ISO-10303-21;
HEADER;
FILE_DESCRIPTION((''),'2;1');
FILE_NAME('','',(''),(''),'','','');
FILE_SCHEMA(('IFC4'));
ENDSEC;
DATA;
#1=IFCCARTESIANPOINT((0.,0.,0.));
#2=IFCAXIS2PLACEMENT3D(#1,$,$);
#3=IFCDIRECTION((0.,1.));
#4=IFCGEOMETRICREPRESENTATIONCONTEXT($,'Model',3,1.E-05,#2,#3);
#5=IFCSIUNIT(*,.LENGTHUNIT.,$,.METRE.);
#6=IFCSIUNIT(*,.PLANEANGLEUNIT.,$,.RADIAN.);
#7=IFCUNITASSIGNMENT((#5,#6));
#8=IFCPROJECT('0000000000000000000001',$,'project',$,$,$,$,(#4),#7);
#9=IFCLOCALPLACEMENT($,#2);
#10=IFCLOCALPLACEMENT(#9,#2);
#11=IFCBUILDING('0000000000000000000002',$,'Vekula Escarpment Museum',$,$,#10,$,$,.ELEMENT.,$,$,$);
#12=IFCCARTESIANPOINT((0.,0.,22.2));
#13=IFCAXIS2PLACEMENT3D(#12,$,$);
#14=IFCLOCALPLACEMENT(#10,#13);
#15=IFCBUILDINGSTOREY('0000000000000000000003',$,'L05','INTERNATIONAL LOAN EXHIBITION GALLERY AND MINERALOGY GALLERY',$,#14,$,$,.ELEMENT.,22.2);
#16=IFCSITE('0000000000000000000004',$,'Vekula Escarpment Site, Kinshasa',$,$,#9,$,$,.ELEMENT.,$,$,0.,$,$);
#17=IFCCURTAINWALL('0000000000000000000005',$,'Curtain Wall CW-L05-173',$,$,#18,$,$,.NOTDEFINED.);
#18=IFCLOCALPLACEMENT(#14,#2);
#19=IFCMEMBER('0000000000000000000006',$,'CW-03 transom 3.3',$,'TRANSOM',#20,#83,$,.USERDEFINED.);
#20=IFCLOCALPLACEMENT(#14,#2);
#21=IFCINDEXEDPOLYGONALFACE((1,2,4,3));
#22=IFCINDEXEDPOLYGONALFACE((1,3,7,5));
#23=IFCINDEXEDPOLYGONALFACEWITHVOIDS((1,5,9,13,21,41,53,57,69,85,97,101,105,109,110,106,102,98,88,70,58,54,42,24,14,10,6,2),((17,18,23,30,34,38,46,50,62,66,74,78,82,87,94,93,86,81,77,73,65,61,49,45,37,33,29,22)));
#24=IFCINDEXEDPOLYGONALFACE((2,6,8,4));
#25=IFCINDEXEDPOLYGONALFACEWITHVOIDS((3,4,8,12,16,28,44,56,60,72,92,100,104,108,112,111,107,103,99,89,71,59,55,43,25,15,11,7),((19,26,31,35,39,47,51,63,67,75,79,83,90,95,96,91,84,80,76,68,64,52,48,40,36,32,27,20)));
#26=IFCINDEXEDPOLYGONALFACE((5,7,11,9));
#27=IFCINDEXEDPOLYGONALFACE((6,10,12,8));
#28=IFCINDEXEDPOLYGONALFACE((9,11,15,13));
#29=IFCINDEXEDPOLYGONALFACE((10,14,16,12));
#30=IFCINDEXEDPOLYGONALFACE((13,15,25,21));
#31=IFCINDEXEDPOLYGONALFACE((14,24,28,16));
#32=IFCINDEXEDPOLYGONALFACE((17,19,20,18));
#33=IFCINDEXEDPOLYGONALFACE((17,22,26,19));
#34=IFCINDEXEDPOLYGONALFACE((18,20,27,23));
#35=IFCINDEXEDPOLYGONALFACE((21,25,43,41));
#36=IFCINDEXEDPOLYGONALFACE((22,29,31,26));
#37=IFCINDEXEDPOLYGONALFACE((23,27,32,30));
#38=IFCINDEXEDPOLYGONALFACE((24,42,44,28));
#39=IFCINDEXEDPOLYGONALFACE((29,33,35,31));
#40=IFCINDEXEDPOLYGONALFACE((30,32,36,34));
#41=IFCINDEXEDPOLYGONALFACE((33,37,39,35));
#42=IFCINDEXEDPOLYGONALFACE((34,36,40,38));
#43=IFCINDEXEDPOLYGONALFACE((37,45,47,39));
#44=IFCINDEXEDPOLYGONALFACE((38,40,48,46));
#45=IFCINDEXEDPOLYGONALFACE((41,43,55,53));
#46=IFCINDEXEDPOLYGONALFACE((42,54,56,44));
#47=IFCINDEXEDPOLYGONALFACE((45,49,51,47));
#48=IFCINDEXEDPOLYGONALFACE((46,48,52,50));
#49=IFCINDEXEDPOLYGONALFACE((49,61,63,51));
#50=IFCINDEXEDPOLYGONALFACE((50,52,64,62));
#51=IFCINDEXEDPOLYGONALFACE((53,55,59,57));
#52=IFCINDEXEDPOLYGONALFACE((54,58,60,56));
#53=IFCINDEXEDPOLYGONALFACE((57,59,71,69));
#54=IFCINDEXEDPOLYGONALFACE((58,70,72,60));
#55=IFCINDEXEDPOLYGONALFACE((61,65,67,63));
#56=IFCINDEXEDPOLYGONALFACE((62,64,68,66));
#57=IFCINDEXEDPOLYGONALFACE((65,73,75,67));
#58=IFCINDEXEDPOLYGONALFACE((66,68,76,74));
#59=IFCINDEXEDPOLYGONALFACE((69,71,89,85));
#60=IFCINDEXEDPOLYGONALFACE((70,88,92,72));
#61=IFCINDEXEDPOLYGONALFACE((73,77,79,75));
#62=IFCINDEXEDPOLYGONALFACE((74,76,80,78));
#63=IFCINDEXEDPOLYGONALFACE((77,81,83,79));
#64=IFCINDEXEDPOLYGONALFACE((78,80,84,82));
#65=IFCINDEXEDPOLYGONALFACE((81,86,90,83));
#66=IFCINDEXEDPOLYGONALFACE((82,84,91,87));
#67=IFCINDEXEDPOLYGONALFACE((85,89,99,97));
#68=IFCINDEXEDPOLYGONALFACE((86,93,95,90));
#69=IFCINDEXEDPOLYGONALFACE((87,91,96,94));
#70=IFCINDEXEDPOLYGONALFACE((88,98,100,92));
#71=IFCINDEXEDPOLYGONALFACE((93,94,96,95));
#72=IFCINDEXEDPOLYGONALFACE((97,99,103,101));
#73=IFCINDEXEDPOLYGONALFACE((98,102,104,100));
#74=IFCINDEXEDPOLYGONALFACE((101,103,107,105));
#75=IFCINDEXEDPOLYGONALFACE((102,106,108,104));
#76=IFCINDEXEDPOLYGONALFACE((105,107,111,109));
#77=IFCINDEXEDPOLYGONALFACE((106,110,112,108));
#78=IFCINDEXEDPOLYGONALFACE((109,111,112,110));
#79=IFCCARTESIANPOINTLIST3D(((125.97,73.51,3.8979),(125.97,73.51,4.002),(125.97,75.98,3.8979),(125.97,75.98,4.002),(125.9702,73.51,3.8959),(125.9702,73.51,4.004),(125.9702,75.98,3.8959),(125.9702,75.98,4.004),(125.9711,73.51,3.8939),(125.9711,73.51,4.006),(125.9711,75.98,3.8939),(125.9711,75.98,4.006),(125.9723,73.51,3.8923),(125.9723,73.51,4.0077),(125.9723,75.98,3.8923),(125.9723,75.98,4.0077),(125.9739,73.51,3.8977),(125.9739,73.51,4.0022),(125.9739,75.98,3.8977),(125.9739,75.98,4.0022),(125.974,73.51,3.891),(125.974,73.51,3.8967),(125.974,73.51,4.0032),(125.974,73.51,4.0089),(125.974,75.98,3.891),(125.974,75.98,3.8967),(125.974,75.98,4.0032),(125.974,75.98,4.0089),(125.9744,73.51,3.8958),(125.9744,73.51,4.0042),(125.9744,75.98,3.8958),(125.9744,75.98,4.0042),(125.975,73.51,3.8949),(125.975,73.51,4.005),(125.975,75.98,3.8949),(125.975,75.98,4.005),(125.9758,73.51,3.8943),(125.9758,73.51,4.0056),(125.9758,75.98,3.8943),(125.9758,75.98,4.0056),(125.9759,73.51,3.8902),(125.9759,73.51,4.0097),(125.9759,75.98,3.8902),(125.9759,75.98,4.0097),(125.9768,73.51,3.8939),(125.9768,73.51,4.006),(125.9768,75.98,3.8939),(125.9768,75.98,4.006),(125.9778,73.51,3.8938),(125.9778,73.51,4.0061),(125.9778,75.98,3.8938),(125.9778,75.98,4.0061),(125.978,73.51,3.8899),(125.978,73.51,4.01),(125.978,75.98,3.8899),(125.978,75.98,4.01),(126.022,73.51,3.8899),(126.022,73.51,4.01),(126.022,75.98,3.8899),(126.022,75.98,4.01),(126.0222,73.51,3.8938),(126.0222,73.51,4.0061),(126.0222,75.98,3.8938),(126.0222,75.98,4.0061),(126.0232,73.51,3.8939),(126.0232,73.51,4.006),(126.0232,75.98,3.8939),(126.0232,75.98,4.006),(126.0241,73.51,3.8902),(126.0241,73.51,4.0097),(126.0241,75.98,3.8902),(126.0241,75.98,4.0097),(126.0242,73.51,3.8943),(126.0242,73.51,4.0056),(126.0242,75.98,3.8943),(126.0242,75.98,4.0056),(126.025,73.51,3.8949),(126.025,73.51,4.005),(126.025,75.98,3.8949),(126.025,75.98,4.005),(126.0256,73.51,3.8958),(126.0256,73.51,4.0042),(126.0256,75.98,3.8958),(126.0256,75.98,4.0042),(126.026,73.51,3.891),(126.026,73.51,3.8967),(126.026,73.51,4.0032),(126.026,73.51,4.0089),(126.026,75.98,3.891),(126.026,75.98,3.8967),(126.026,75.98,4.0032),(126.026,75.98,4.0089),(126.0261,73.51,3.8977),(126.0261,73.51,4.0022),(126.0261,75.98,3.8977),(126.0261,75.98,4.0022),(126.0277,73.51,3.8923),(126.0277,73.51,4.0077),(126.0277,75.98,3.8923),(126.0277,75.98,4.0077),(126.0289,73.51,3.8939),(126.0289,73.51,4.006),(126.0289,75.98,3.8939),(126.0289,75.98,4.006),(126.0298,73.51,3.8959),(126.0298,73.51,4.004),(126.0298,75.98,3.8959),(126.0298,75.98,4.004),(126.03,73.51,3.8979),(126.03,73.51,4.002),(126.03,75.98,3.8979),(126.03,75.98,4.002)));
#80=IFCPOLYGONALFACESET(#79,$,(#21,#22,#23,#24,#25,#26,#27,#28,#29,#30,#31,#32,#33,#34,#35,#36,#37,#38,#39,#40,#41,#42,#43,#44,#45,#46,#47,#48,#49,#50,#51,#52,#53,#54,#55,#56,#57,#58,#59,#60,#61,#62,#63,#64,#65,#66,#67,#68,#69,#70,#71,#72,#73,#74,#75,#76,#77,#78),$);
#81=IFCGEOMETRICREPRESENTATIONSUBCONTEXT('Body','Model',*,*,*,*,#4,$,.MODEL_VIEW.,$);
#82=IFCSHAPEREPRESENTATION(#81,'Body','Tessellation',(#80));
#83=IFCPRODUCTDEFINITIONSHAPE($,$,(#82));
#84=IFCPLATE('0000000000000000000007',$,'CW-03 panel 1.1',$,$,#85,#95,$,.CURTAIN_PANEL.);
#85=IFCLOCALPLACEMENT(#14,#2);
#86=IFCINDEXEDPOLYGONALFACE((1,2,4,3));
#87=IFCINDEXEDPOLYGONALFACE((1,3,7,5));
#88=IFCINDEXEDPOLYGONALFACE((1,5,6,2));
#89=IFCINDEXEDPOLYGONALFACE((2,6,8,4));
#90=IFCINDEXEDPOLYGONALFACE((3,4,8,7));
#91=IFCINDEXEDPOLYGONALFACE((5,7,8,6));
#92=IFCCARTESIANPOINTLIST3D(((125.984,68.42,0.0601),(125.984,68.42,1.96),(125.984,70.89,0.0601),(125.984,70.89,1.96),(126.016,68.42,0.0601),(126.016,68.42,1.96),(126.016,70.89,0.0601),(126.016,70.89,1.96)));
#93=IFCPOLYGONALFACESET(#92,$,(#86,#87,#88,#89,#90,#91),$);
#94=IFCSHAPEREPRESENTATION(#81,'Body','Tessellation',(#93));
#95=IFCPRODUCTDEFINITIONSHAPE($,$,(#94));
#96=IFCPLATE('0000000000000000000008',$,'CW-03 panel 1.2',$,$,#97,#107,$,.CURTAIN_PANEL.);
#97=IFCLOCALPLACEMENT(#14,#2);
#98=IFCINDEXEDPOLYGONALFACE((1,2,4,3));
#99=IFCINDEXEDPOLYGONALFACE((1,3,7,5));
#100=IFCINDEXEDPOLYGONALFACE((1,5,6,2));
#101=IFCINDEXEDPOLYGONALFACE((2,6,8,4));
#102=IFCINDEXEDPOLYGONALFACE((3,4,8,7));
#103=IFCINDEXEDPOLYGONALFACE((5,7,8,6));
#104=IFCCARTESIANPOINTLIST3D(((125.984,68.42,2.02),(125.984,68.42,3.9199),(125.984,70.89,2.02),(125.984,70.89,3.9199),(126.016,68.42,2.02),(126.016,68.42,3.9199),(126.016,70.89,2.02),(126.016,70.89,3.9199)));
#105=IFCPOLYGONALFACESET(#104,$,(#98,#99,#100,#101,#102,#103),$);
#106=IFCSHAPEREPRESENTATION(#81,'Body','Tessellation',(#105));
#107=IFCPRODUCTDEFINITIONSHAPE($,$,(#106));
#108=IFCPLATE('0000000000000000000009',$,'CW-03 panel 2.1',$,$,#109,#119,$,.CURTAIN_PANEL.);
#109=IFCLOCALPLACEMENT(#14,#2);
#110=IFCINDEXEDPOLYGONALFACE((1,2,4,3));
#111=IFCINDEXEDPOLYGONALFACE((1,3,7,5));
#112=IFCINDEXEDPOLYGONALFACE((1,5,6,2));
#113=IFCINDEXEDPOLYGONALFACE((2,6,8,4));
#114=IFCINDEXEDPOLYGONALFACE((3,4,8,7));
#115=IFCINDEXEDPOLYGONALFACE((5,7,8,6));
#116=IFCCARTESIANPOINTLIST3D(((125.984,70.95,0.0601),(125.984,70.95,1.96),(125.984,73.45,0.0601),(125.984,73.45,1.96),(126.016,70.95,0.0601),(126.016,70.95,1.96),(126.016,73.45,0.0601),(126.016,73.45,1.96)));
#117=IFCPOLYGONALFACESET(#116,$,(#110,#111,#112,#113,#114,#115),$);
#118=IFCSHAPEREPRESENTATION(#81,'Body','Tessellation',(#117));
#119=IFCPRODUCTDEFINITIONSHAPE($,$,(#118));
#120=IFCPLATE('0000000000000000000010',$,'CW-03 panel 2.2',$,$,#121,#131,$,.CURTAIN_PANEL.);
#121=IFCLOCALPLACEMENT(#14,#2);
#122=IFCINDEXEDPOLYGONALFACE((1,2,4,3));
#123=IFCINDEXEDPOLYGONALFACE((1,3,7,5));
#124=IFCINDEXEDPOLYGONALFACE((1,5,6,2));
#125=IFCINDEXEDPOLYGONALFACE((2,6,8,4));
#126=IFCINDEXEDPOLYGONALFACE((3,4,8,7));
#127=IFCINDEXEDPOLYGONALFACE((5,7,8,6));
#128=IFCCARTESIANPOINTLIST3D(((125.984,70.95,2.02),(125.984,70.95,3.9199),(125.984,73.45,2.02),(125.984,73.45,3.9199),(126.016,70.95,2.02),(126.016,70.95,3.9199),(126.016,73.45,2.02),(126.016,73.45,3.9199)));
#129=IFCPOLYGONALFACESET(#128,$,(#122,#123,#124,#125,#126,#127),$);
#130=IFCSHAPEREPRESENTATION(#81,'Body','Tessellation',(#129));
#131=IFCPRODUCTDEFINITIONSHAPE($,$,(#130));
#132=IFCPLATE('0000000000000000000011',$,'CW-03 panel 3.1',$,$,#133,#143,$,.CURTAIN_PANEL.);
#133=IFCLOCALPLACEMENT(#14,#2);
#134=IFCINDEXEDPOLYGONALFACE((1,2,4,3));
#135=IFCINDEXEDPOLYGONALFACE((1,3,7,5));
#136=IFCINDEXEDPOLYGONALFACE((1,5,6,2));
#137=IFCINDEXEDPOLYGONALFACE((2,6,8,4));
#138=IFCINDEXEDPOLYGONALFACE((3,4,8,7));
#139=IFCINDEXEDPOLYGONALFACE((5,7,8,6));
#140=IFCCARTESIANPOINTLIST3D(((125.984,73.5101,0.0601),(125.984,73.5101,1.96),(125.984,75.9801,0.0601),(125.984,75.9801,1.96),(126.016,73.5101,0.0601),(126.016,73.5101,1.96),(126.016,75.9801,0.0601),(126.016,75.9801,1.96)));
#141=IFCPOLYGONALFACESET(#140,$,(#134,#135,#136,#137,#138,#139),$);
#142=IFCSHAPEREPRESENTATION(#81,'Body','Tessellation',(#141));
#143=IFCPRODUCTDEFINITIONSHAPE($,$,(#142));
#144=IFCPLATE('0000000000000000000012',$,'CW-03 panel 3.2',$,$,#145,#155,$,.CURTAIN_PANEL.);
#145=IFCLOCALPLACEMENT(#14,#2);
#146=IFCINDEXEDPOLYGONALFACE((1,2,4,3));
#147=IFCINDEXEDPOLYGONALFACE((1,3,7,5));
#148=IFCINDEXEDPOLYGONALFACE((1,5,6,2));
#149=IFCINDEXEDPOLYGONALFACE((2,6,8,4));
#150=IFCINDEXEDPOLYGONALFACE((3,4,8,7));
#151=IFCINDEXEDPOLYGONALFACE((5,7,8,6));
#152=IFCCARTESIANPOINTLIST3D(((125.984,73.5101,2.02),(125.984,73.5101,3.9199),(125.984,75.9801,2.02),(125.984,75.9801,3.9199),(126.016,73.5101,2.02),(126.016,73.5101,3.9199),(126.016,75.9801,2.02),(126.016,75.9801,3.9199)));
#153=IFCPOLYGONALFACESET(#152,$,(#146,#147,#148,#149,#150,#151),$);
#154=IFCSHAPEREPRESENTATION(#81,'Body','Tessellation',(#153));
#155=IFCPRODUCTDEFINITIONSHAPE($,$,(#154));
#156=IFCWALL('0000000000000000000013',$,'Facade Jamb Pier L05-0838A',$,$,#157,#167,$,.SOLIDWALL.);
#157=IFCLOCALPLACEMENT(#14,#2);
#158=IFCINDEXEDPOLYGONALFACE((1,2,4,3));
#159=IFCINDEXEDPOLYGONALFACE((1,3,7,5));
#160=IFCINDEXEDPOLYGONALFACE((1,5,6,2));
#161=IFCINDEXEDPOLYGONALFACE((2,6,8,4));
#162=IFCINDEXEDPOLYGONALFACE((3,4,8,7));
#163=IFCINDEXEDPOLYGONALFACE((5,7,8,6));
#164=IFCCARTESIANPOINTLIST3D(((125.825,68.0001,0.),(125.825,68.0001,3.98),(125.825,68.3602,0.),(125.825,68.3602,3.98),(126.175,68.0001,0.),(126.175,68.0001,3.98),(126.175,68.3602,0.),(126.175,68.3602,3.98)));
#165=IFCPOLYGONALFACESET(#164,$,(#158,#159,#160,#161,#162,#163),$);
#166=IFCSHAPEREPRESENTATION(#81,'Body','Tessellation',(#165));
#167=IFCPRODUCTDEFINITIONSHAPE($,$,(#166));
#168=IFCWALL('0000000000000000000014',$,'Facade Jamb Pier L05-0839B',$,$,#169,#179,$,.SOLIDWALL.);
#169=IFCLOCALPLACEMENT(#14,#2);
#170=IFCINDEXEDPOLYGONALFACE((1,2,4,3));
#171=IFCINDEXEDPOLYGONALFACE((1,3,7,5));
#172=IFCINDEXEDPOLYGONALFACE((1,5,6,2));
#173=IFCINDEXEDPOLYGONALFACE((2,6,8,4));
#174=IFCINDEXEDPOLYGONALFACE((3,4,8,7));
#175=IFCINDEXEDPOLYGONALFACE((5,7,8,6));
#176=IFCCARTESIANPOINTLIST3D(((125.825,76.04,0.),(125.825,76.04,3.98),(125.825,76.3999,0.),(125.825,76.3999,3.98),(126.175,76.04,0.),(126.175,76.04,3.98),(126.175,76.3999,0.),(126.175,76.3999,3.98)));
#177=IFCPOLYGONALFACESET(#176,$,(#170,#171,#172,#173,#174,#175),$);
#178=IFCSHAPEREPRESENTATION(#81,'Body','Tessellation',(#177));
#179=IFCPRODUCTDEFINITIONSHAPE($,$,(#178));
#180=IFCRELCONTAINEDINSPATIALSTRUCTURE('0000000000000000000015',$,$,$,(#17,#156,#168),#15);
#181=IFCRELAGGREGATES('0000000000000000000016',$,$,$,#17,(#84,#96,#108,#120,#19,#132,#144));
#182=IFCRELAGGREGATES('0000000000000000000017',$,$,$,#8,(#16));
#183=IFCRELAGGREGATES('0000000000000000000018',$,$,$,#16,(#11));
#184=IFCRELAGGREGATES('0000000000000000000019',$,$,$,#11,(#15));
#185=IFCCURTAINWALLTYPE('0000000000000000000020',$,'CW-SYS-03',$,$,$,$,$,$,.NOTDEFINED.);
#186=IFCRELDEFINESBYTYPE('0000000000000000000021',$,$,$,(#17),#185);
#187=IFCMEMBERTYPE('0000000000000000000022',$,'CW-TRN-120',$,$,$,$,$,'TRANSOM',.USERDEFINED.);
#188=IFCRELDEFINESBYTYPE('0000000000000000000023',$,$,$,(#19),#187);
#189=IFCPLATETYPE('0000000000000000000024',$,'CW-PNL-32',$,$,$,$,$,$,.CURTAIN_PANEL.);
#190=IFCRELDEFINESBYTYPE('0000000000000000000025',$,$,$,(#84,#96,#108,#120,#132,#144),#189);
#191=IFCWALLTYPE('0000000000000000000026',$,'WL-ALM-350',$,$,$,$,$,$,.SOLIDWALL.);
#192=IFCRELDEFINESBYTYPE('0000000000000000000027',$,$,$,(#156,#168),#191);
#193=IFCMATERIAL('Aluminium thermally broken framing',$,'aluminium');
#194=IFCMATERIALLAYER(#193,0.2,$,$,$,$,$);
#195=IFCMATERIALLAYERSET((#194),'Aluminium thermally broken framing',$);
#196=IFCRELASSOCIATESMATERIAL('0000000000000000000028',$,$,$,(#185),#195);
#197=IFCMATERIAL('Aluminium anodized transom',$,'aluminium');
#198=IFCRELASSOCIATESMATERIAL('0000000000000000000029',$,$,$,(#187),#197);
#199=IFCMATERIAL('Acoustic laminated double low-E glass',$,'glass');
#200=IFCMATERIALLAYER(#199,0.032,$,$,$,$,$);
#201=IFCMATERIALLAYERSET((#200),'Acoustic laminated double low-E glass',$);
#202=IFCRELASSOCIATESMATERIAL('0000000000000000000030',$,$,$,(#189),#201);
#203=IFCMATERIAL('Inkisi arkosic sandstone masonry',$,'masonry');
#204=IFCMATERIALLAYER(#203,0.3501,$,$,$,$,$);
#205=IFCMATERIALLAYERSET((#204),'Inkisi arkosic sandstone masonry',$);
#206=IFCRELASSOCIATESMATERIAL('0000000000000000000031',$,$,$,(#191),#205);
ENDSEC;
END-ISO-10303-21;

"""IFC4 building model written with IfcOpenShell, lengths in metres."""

from ifc_helpers import new_model, si_unit, direction, frame, frame_2d, origin, origin_2d, place, context, subcontext, project, spatial, rectangle, hollow_rectangle, extrude, material, layer, layer_set, material_profile, profile_set, type_object, element, aggregate, save


model = new_model("IFC4")

# Units and contexts
model_context = context("Model", 3, precision=1e-05, world=origin(), true_north=direction((0.0, 1.0)))
body_context = subcontext(model_context, "Body", "Model", "MODEL_VIEW")
ifc_project = project(units=[si_unit("LENGTHUNIT", "METRE"), si_unit("PLANEANGLEUNIT", "RADIAN")], contexts=[model_context])

# Site, building, storey
site_placement = place(None, origin())
site = spatial("IfcSite", under=ifc_project, at=site_placement, Name="Vekula Escarpment Site, Kinshasa", CompositionType="ELEMENT", RefElevation=0.0)
building_placement = place(site_placement, origin())
building = spatial("IfcBuilding", under=site, at=building_placement, Name="Vekula Escarpment Museum", CompositionType="ELEMENT")
storey_placement = place(building_placement, frame((0.0, 0.0, 22.2)))
storey = spatial("IfcBuildingStorey", under=building, at=storey_placement, Name="L05", Description="INTERNATIONAL LOAN EXHIBITION GALLERY AND MINERALOGY GALLERY", CompositionType="ELEMENT", Elevation=22.2)

# Curtain wall, member, plates
ifc_material_1 = material(Name="Aluminium thermally broken framing", Category="aluminium")
ifc_layer_1 = layer(ifc_material_1, 0.2)
ifc_layer_set_1 = layer_set([ifc_layer_1], Name="Aluminium thermally broken framing")
curtain_wall_type = type_object("IfcCurtainWallType", Name="CW-SYS-03", PredefinedType="NOTDEFINED", material=ifc_layer_set_1)
curtain_wall_placement = place(storey_placement, origin())
curtain_wall = element("IfcCurtainWall", 1, at=curtain_wall_placement, inside=storey, type_object=curtain_wall_type, Name="Curtain Wall CW-L05-173", PredefinedType="NOTDEFINED")
ifc_material_2 = material(Name="Aluminium anodized transom", Category="aluminium")
ifc_material_profile_1 = material_profile(ifc_material_2, hollow_rectangle(XDim=0.0601, YDim=0.1201, WallThickness=0.0039, InnerFilletRadius=0.0039, OuterFilletRadius=0.0081, at=origin_2d()), Name="ALU 120x60x4")
ifc_profile_set_1 = profile_set([ifc_material_profile_1], Name="Aluminium anodized transom")
member_type_1 = type_object("IfcMemberType", Name="CW-TRN-120", ElementType="TRANSOM", PredefinedType="USERDEFINED", material=ifc_profile_set_1)
member_1_placement = place(storey_placement, frame((126.0, 73.51, 3.95), z_axis=(0.0, 1.0, 0.0), x_axis=(-1.0, 0.0, 0.0)))
member_1 = element("IfcMember", 2, at=member_1_placement, type_object=member_type_1, Name="CW-03 transom 3.3", ObjectType="TRANSOM", PredefinedType="USERDEFINED", context=body_context, shape_type="SweptSolid", body=[
    extrude(hollow_rectangle(XDim=0.0601, YDim=0.1201, WallThickness=0.0039, InnerFilletRadius=0.0039, OuterFilletRadius=0.0081, at=origin_2d()), origin(), (0.0, 0.0, 1.0), 2.47),
])
ifc_material_3 = material(Name="Acoustic laminated double low-E glass", Category="glass")
ifc_layer_2 = layer(ifc_material_3, 0.032)
ifc_layer_set_2 = layer_set([ifc_layer_2], Name="Acoustic laminated double low-E glass")
plate_type = type_object("IfcPlateType", Name="CW-PNL-32", PredefinedType="CURTAIN_PANEL", material=ifc_layer_set_2)
plate_1_placement = place(storey_placement, frame((126.0, 69.655, 0.0601), z_axis=(0.0, 0.0, 1.0), x_axis=(0.0, 1.0, 0.0)))
plate_1 = element("IfcPlate", 3, at=plate_1_placement, type_object=plate_type, Name="CW-03 panel 1.1", PredefinedType="CURTAIN_PANEL", context=body_context, shape_type="SweptSolid", body=[
    extrude(rectangle(XDim=2.47, YDim=0.032, at=origin_2d()), origin(), (0.0, 0.0, 1.0), 1.8999),
])
plate_2_placement = place(storey_placement, frame((126.0, 69.655, 2.02), z_axis=(0.0, 0.0, 1.0), x_axis=(0.0, 1.0, 0.0)))
plate_2 = element("IfcPlate", 4, at=plate_2_placement, type_object=plate_type, Name="CW-03 panel 1.2", PredefinedType="CURTAIN_PANEL", context=body_context, shape_type="SweptSolid", body=[
    extrude(rectangle(XDim=2.47, YDim=0.032, at=origin_2d()), origin(), (0.0, 0.0, 1.0), 1.8999),
])
plate_3_placement = place(storey_placement, frame((126.0, 72.2, 0.0601), z_axis=(0.0, 0.0, 1.0), x_axis=(0.0, 1.0, 0.0)))
plate_3 = element("IfcPlate", 5, at=plate_3_placement, type_object=plate_type, Name="CW-03 panel 2.1", PredefinedType="CURTAIN_PANEL", context=body_context, shape_type="SweptSolid", body=[
    extrude(rectangle(XDim=2.5, YDim=0.032, at=origin_2d()), origin(), (0.0, 0.0, 1.0), 1.8999),
])
plate_4_placement = place(storey_placement, frame((126.0, 72.2, 2.02), z_axis=(0.0, 0.0, 1.0), x_axis=(0.0, 1.0, 0.0)))
plate_4 = element("IfcPlate", 6, at=plate_4_placement, type_object=plate_type, Name="CW-03 panel 2.2", PredefinedType="CURTAIN_PANEL", context=body_context, shape_type="SweptSolid", body=[
    extrude(rectangle(XDim=2.5, YDim=0.032, at=origin_2d()), origin(), (0.0, 0.0, 1.0), 1.8999),
])
plate_5_placement = place(storey_placement, frame((126.0, 74.7451, 0.0601), z_axis=(0.0, 0.0, 1.0), x_axis=(0.0, 1.0, 0.0)))
plate_5 = element("IfcPlate", 7, at=plate_5_placement, type_object=plate_type, Name="CW-03 panel 3.1", PredefinedType="CURTAIN_PANEL", context=body_context, shape_type="SweptSolid", body=[
    extrude(rectangle(XDim=2.47, YDim=0.032, at=origin_2d()), origin(), (0.0, 0.0, 1.0), 1.8999),
])
plate_6_placement = place(storey_placement, frame((126.0, 74.7451, 2.02), z_axis=(0.0, 0.0, 1.0), x_axis=(0.0, 1.0, 0.0)))
plate_6 = element("IfcPlate", 8, at=plate_6_placement, type_object=plate_type, Name="CW-03 panel 3.2", PredefinedType="CURTAIN_PANEL", context=body_context, shape_type="SweptSolid", body=[
    extrude(rectangle(XDim=2.47, YDim=0.032, at=origin_2d()), origin(), (0.0, 0.0, 1.0), 1.8999),
])
aggregate(curtain_wall, [plate_1, plate_2, plate_3, plate_4, member_1, plate_5, plate_6])

# Walls
ifc_material_4 = material(Name="Inkisi arkosic sandstone masonry", Category="masonry")
ifc_layer_3 = layer(ifc_material_4, 0.3501)
ifc_layer_set_3 = layer_set([ifc_layer_3], Name="Inkisi arkosic sandstone masonry")
wall_type = type_object("IfcWallType", Name="WL-ALM-350", PredefinedType="SOLIDWALL", material=ifc_layer_set_3)
wall_1_placement = place(storey_placement, frame((126.0, 68.0, 0.0), z_axis=(0.0, 0.0, 1.0), x_axis=(0.0, 1.0, 0.0)))
element("IfcWall", 9, at=wall_1_placement, inside=storey, type_object=wall_type, Name="Facade Jamb Pier L05-0838A", PredefinedType="SOLIDWALL", context=body_context, shape_type="SweptSolid", body=[
    extrude(rectangle(XDim=0.3601, YDim=0.3501, at=frame_2d((0.1802, 0.0))), origin(), (0.0, 0.0, 1.0), 3.98),
])
wall_2_placement = place(storey_placement, frame((126.0, 76.04, 0.0), z_axis=(0.0, 0.0, 1.0), x_axis=(0.0, 1.0, 0.0)))
element("IfcWall", 10, at=wall_2_placement, inside=storey, type_object=wall_type, Name="Facade Jamb Pier L05-0839B", PredefinedType="SOLIDWALL", context=body_context, shape_type="SweptSolid", body=[
    extrude(rectangle(XDim=0.3599, YDim=0.3501, at=frame_2d((0.1799, 0.0))), origin(), (0.0, 0.0, 1.0), 3.98),
])

save(model, "model.ifc")
